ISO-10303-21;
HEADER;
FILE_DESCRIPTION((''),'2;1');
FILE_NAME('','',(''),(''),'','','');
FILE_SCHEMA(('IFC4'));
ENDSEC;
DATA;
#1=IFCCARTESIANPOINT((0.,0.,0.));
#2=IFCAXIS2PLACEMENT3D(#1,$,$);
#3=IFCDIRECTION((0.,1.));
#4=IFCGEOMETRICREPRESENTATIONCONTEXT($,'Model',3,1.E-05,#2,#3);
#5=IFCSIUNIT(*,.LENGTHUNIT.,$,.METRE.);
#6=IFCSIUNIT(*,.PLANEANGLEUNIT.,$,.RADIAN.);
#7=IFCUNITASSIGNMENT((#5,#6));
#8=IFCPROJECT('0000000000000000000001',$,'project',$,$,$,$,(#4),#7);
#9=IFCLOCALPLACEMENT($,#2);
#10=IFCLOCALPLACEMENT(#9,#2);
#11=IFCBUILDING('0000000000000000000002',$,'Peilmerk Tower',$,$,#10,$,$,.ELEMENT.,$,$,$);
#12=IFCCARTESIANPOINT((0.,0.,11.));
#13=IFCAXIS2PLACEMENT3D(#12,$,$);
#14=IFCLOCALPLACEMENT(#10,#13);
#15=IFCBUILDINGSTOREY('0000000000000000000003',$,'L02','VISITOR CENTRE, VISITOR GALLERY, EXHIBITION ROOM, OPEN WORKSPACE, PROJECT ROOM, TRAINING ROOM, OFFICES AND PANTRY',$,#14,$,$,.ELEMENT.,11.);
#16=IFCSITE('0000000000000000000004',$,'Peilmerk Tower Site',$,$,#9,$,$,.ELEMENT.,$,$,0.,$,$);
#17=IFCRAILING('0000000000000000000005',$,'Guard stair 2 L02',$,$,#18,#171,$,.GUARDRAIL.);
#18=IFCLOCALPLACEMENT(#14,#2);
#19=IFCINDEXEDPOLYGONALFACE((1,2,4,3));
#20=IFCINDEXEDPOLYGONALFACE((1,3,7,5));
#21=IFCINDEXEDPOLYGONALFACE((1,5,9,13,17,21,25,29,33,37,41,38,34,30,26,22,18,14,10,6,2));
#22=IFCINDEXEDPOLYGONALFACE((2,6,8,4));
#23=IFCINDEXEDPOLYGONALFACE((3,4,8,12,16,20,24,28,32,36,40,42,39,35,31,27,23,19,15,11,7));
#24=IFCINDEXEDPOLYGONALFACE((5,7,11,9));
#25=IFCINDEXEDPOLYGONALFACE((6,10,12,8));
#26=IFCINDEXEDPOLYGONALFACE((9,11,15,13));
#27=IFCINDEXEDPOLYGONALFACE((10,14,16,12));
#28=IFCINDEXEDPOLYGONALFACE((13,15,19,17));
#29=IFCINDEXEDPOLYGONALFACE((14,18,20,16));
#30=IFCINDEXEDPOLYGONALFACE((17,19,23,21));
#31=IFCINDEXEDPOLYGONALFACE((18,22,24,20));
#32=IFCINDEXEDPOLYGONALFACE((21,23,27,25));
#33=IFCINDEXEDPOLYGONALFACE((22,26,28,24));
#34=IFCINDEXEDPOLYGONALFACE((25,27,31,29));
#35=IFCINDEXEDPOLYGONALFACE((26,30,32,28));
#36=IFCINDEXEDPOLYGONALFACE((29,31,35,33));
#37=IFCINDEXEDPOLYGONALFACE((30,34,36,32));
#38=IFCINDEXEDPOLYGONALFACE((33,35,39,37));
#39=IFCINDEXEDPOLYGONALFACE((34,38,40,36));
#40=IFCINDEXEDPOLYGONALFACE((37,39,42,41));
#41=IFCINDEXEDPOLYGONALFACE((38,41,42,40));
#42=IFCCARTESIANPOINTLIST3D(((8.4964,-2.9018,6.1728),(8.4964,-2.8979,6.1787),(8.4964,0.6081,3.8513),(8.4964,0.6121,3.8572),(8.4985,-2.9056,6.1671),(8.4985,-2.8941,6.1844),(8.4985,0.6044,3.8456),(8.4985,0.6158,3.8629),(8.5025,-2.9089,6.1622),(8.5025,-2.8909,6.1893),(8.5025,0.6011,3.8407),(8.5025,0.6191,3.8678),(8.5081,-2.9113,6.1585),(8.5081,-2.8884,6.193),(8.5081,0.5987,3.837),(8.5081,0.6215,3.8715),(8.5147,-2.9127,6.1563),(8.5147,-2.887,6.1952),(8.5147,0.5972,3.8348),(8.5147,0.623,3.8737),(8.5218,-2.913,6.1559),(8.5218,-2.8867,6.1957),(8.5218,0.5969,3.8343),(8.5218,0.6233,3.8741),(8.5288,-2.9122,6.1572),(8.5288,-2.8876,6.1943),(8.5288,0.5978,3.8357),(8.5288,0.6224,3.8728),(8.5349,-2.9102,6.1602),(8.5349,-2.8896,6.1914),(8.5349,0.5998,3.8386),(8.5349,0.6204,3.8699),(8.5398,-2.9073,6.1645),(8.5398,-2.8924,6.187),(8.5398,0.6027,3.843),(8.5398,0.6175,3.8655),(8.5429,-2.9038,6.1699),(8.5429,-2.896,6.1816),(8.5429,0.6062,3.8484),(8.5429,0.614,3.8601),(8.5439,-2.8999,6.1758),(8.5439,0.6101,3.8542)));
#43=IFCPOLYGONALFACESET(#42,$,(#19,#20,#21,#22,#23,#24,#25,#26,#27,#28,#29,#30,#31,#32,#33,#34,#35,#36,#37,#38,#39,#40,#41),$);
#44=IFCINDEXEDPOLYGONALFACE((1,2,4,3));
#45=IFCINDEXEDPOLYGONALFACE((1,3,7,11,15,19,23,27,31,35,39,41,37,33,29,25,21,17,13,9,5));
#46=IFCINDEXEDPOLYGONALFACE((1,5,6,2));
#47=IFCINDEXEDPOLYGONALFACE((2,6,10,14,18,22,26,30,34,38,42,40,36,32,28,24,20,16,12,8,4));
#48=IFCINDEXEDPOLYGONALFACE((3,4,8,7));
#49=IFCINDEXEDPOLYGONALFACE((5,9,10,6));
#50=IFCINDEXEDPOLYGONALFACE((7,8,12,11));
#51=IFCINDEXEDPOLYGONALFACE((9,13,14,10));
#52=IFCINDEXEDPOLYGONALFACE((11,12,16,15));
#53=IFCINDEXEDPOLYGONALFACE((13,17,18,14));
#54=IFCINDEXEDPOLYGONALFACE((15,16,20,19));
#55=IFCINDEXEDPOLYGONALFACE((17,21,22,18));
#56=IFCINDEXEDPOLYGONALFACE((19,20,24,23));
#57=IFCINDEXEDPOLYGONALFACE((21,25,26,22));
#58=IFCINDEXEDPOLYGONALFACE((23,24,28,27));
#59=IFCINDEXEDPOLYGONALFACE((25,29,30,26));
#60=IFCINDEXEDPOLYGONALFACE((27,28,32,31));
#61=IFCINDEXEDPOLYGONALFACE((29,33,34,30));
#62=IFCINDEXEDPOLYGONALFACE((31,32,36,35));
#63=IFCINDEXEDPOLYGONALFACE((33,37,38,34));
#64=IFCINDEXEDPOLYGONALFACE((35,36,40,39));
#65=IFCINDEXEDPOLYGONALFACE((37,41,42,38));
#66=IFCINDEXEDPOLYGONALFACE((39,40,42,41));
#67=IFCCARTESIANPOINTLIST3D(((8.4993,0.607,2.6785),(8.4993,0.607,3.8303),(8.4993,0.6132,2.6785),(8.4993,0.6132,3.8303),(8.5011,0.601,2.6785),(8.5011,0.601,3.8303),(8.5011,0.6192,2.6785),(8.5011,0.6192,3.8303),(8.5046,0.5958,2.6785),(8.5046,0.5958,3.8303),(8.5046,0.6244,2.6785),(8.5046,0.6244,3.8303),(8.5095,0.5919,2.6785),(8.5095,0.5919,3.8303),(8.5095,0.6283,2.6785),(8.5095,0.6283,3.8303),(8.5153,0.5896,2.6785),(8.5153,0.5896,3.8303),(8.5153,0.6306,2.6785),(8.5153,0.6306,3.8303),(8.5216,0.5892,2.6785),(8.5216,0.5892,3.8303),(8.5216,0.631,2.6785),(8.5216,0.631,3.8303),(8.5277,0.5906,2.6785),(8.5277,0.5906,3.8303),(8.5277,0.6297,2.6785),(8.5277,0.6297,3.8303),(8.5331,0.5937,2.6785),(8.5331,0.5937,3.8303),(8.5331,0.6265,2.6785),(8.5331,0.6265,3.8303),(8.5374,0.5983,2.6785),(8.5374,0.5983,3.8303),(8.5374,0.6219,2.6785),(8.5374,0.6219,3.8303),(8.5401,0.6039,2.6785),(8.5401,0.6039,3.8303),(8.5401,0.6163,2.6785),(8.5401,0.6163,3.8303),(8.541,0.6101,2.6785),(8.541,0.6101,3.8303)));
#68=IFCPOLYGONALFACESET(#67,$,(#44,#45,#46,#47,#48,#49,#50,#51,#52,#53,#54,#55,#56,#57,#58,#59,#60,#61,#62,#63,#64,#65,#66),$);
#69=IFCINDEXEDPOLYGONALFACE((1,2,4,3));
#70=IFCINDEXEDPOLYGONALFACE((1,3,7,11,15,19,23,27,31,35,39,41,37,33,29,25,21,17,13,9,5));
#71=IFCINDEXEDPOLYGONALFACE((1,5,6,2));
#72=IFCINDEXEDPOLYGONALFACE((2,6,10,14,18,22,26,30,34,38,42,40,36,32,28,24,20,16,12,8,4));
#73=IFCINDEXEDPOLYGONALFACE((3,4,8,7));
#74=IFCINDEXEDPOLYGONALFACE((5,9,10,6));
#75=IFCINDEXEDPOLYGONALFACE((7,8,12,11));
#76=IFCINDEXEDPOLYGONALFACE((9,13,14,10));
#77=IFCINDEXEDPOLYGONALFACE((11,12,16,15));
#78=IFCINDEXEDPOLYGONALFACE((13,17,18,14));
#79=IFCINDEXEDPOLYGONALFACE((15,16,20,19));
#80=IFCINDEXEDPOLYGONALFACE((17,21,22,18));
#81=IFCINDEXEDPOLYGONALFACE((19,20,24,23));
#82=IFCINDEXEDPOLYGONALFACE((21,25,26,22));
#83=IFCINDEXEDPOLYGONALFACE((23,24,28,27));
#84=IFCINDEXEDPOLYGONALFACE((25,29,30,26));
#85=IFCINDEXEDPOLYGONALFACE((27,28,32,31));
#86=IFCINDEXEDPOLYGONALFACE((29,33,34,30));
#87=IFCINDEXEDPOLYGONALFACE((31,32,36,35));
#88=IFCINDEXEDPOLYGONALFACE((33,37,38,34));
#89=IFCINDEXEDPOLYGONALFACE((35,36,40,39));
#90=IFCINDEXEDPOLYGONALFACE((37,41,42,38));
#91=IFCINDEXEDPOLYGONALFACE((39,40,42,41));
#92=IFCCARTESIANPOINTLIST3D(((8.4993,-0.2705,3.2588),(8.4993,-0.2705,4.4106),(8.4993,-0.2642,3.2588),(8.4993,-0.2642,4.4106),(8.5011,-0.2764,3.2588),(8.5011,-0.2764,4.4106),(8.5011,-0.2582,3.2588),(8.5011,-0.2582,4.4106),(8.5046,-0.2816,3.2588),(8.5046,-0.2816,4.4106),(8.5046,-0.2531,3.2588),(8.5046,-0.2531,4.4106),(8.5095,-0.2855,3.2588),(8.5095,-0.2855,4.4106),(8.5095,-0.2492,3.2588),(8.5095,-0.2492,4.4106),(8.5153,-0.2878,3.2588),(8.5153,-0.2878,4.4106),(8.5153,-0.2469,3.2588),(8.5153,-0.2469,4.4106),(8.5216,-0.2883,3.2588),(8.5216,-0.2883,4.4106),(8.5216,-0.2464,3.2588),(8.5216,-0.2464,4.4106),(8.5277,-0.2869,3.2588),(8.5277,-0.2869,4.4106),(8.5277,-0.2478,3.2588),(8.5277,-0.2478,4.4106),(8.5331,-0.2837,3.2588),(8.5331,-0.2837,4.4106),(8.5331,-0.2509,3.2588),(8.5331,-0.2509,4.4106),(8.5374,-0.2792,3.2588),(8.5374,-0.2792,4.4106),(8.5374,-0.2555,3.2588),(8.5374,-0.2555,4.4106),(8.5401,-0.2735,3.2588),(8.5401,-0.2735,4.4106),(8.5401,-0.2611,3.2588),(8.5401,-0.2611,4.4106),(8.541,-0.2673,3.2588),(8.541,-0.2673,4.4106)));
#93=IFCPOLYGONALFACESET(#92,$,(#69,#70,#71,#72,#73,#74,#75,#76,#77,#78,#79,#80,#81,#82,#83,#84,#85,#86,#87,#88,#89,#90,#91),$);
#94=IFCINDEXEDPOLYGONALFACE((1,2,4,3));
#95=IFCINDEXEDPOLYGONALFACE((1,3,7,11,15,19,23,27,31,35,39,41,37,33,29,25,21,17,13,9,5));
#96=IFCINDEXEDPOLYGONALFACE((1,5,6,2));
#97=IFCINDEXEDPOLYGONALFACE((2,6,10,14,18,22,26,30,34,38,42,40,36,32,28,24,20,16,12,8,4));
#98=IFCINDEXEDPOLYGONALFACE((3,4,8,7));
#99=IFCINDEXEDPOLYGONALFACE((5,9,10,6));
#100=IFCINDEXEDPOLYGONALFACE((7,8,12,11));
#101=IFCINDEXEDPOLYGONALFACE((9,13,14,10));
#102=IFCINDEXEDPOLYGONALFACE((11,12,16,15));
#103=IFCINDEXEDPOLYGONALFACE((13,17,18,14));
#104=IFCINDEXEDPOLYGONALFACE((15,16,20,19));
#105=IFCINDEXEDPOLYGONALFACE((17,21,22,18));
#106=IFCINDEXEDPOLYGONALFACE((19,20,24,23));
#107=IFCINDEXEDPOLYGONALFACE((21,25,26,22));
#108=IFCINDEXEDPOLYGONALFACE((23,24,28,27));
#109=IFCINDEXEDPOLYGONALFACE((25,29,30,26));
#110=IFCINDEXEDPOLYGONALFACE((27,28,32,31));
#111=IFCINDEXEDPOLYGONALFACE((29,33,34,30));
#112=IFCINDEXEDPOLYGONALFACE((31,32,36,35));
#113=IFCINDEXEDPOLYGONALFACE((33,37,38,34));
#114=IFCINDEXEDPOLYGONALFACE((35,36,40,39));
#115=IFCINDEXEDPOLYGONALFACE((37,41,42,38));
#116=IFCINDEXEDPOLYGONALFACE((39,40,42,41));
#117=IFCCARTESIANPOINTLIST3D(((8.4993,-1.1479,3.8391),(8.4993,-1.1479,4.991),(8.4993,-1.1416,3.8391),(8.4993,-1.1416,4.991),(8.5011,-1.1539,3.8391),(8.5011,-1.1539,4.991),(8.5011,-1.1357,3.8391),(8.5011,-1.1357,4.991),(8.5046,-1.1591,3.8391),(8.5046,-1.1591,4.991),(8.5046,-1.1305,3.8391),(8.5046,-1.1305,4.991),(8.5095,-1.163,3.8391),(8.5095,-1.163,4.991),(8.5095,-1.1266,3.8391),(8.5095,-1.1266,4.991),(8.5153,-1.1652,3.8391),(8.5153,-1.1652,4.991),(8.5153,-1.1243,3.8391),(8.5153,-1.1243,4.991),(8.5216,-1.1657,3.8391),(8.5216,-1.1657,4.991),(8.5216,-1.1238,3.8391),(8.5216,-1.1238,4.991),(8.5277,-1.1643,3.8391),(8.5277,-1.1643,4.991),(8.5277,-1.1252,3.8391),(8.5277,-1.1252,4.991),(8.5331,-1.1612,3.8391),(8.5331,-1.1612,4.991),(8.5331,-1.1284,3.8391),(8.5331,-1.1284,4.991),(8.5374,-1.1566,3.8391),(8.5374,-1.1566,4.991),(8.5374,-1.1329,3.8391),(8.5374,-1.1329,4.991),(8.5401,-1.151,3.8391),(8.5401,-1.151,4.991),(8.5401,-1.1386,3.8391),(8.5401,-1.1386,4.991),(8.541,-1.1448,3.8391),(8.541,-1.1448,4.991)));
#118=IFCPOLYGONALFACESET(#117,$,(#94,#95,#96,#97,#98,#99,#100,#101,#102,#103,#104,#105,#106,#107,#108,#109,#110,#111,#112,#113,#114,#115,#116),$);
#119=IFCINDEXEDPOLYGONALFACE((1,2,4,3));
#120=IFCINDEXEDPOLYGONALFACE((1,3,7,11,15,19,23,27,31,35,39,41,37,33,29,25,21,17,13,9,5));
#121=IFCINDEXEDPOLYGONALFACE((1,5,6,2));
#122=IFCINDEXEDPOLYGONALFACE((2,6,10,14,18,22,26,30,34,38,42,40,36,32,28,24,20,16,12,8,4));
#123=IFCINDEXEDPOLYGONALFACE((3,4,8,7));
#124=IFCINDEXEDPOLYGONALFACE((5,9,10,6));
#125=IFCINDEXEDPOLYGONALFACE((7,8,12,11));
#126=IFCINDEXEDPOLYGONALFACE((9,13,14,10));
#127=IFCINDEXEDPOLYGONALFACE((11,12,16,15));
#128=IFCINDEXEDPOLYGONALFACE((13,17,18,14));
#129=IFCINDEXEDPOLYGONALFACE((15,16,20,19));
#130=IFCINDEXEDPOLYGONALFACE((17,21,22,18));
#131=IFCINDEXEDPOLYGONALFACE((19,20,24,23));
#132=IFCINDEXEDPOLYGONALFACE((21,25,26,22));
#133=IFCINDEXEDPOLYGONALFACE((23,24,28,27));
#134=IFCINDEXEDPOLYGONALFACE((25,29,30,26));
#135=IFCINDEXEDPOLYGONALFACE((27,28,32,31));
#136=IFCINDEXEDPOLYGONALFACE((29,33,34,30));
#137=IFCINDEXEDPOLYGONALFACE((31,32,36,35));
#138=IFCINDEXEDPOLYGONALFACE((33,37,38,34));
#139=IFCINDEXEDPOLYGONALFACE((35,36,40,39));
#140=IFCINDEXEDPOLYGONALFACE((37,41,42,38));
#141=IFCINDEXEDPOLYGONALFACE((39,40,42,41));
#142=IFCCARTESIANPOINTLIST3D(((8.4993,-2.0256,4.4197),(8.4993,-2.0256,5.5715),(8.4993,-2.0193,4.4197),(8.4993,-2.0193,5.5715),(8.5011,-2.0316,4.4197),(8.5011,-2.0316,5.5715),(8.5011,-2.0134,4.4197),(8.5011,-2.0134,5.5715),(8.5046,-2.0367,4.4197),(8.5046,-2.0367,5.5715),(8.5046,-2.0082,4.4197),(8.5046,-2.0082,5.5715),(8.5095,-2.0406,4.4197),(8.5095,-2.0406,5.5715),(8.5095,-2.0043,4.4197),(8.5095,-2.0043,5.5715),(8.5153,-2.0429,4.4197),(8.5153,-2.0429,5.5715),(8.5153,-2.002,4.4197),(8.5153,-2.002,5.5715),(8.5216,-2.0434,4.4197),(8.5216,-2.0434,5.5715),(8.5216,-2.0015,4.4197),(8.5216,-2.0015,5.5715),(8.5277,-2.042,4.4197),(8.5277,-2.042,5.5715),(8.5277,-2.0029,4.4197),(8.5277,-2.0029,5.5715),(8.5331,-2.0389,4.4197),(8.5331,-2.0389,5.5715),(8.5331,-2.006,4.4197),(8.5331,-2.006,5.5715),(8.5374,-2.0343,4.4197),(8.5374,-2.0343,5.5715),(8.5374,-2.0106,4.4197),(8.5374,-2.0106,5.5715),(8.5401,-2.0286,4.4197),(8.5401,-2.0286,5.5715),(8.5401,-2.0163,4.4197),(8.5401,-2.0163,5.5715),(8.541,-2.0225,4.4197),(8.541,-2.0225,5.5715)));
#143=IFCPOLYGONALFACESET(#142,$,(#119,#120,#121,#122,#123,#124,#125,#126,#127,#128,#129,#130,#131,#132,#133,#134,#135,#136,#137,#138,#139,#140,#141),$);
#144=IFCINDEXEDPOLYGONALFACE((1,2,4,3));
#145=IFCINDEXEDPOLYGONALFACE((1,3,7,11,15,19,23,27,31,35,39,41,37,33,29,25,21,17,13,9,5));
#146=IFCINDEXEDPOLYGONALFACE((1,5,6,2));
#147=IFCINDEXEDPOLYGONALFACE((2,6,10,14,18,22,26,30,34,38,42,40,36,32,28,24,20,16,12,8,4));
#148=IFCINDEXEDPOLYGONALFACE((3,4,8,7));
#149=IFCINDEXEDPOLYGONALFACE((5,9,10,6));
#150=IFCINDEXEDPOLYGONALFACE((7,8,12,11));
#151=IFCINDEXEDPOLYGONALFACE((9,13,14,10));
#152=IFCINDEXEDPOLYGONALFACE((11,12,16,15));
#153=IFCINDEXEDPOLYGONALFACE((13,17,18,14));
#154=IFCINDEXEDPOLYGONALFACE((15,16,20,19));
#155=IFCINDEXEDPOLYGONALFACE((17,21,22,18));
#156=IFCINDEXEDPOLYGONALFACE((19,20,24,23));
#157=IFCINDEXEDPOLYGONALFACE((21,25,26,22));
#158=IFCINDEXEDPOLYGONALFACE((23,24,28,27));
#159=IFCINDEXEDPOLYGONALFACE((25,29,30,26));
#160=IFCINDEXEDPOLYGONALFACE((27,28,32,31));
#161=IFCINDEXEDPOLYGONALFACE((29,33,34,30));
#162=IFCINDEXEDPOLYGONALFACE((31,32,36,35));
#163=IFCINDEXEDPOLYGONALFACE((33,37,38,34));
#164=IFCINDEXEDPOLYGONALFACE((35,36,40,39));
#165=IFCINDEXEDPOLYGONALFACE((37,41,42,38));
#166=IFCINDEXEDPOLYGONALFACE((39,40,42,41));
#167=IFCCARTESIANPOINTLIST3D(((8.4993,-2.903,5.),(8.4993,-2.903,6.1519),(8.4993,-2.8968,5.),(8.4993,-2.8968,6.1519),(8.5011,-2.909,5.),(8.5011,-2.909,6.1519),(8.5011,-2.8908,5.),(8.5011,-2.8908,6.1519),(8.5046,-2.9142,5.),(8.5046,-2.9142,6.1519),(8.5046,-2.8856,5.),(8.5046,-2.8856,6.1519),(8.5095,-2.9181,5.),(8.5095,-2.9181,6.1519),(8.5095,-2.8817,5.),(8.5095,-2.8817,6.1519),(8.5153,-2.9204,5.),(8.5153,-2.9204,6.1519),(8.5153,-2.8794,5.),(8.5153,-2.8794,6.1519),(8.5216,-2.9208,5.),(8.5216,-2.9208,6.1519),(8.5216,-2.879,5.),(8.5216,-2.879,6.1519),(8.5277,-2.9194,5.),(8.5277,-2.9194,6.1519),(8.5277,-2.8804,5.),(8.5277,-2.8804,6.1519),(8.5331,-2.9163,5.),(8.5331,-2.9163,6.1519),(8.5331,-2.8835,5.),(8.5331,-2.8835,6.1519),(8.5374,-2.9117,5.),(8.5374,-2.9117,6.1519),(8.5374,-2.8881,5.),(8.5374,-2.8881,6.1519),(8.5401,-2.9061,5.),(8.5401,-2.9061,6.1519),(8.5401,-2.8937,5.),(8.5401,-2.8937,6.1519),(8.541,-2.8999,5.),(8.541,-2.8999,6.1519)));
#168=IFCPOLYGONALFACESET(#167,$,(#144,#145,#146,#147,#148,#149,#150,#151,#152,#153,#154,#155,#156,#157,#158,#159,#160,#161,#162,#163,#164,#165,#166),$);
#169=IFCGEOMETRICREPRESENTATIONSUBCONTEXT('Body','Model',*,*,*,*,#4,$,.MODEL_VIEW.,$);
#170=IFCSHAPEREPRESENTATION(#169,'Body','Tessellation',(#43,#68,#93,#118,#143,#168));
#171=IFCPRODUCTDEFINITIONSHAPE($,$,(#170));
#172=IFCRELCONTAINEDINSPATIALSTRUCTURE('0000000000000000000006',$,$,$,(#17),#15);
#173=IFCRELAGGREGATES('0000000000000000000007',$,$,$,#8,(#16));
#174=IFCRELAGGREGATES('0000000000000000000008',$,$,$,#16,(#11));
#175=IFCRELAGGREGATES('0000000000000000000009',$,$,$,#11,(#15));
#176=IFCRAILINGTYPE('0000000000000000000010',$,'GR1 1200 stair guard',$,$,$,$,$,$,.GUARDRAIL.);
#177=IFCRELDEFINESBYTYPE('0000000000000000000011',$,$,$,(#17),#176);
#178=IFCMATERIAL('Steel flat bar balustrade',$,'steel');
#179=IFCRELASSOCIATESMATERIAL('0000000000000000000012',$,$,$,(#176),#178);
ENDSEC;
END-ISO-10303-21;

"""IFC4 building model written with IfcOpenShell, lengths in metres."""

from ifc_helpers import new_model, si_unit, direction, frame, origin, origin_2d, place, context, subcontext, project, spatial, circle, extrude, material, type_object, element, save


model = new_model("IFC4")

# Units and contexts
model_context = context("Model", 3, precision=1e-05, world=origin(), true_north=direction((0.0, 1.0)))
body_context = subcontext(model_context, "Body", "Model", "MODEL_VIEW")
ifc_project = project(units=[si_unit("LENGTHUNIT", "METRE"), si_unit("PLANEANGLEUNIT", "RADIAN")], contexts=[model_context])

# Site, building, storey
site_placement = place(None, origin())
site = spatial("IfcSite", under=ifc_project, at=site_placement, Name="Peilmerk Tower Site", CompositionType="ELEMENT", RefElevation=0.0)
building_placement = place(site_placement, origin())
building = spatial("IfcBuilding", under=site, at=building_placement, Name="Peilmerk Tower", CompositionType="ELEMENT")
storey_placement = place(building_placement, frame((0.0, 0.0, 11.0)))
storey = spatial("IfcBuildingStorey", under=building, at=storey_placement, Name="L02", Description="VISITOR CENTRE, VISITOR GALLERY, EXHIBITION ROOM, OPEN WORKSPACE, PROJECT ROOM, TRAINING ROOM, OFFICES AND PANTRY", CompositionType="ELEMENT", Elevation=11.0)

# Railing
ifc_material_1 = material(Name="Steel flat bar balustrade", Category="steel")
railing_type_1 = type_object("IfcRailingType", Name="GR1 1200 stair guard", PredefinedType="GUARDRAIL", material=ifc_material_1)
railing_1_placement = place(storey_placement, frame((8.52, 0.6101, 2.6785)))
element("IfcRailing", 1, at=railing_1_placement, inside=storey, type_object=railing_type_1, Name="Guard stair 2 L02", PredefinedType="GUARDRAIL", context=body_context, shape_type="SweptSolid", body=[
    extrude(circle(Radius=0.0239, at=origin_2d()), frame((0.0, 0.0, 1.1758), z_axis=(0.0, -0.834071, 0.551657), x_axis=(1.0, 0.0, 0.0)), (0.0, 0.0, 1.0), 4.2083),
    extrude(circle(Radius=0.021, at=origin_2d()), origin(), (0.0, 0.0, 1.0), 1.1519),
    extrude(circle(Radius=0.021, at=origin_2d()), frame((0.0, -0.8774, 0.5803)), (0.0, 0.0, 1.0), 1.1519),
    extrude(circle(Radius=0.021, at=origin_2d()), frame((0.0, -1.7549, 1.1606)), (0.0, 0.0, 1.0), 1.1519),
    extrude(circle(Radius=0.021, at=origin_2d()), frame((0.0, -2.6326, 1.7412)), (0.0, 0.0, 1.0), 1.1519),
    extrude(circle(Radius=0.021, at=origin_2d()), frame((0.0, -3.51, 2.3215)), (0.0, 0.0, 1.0), 1.1519),
])

save(model, "model.ifc")
